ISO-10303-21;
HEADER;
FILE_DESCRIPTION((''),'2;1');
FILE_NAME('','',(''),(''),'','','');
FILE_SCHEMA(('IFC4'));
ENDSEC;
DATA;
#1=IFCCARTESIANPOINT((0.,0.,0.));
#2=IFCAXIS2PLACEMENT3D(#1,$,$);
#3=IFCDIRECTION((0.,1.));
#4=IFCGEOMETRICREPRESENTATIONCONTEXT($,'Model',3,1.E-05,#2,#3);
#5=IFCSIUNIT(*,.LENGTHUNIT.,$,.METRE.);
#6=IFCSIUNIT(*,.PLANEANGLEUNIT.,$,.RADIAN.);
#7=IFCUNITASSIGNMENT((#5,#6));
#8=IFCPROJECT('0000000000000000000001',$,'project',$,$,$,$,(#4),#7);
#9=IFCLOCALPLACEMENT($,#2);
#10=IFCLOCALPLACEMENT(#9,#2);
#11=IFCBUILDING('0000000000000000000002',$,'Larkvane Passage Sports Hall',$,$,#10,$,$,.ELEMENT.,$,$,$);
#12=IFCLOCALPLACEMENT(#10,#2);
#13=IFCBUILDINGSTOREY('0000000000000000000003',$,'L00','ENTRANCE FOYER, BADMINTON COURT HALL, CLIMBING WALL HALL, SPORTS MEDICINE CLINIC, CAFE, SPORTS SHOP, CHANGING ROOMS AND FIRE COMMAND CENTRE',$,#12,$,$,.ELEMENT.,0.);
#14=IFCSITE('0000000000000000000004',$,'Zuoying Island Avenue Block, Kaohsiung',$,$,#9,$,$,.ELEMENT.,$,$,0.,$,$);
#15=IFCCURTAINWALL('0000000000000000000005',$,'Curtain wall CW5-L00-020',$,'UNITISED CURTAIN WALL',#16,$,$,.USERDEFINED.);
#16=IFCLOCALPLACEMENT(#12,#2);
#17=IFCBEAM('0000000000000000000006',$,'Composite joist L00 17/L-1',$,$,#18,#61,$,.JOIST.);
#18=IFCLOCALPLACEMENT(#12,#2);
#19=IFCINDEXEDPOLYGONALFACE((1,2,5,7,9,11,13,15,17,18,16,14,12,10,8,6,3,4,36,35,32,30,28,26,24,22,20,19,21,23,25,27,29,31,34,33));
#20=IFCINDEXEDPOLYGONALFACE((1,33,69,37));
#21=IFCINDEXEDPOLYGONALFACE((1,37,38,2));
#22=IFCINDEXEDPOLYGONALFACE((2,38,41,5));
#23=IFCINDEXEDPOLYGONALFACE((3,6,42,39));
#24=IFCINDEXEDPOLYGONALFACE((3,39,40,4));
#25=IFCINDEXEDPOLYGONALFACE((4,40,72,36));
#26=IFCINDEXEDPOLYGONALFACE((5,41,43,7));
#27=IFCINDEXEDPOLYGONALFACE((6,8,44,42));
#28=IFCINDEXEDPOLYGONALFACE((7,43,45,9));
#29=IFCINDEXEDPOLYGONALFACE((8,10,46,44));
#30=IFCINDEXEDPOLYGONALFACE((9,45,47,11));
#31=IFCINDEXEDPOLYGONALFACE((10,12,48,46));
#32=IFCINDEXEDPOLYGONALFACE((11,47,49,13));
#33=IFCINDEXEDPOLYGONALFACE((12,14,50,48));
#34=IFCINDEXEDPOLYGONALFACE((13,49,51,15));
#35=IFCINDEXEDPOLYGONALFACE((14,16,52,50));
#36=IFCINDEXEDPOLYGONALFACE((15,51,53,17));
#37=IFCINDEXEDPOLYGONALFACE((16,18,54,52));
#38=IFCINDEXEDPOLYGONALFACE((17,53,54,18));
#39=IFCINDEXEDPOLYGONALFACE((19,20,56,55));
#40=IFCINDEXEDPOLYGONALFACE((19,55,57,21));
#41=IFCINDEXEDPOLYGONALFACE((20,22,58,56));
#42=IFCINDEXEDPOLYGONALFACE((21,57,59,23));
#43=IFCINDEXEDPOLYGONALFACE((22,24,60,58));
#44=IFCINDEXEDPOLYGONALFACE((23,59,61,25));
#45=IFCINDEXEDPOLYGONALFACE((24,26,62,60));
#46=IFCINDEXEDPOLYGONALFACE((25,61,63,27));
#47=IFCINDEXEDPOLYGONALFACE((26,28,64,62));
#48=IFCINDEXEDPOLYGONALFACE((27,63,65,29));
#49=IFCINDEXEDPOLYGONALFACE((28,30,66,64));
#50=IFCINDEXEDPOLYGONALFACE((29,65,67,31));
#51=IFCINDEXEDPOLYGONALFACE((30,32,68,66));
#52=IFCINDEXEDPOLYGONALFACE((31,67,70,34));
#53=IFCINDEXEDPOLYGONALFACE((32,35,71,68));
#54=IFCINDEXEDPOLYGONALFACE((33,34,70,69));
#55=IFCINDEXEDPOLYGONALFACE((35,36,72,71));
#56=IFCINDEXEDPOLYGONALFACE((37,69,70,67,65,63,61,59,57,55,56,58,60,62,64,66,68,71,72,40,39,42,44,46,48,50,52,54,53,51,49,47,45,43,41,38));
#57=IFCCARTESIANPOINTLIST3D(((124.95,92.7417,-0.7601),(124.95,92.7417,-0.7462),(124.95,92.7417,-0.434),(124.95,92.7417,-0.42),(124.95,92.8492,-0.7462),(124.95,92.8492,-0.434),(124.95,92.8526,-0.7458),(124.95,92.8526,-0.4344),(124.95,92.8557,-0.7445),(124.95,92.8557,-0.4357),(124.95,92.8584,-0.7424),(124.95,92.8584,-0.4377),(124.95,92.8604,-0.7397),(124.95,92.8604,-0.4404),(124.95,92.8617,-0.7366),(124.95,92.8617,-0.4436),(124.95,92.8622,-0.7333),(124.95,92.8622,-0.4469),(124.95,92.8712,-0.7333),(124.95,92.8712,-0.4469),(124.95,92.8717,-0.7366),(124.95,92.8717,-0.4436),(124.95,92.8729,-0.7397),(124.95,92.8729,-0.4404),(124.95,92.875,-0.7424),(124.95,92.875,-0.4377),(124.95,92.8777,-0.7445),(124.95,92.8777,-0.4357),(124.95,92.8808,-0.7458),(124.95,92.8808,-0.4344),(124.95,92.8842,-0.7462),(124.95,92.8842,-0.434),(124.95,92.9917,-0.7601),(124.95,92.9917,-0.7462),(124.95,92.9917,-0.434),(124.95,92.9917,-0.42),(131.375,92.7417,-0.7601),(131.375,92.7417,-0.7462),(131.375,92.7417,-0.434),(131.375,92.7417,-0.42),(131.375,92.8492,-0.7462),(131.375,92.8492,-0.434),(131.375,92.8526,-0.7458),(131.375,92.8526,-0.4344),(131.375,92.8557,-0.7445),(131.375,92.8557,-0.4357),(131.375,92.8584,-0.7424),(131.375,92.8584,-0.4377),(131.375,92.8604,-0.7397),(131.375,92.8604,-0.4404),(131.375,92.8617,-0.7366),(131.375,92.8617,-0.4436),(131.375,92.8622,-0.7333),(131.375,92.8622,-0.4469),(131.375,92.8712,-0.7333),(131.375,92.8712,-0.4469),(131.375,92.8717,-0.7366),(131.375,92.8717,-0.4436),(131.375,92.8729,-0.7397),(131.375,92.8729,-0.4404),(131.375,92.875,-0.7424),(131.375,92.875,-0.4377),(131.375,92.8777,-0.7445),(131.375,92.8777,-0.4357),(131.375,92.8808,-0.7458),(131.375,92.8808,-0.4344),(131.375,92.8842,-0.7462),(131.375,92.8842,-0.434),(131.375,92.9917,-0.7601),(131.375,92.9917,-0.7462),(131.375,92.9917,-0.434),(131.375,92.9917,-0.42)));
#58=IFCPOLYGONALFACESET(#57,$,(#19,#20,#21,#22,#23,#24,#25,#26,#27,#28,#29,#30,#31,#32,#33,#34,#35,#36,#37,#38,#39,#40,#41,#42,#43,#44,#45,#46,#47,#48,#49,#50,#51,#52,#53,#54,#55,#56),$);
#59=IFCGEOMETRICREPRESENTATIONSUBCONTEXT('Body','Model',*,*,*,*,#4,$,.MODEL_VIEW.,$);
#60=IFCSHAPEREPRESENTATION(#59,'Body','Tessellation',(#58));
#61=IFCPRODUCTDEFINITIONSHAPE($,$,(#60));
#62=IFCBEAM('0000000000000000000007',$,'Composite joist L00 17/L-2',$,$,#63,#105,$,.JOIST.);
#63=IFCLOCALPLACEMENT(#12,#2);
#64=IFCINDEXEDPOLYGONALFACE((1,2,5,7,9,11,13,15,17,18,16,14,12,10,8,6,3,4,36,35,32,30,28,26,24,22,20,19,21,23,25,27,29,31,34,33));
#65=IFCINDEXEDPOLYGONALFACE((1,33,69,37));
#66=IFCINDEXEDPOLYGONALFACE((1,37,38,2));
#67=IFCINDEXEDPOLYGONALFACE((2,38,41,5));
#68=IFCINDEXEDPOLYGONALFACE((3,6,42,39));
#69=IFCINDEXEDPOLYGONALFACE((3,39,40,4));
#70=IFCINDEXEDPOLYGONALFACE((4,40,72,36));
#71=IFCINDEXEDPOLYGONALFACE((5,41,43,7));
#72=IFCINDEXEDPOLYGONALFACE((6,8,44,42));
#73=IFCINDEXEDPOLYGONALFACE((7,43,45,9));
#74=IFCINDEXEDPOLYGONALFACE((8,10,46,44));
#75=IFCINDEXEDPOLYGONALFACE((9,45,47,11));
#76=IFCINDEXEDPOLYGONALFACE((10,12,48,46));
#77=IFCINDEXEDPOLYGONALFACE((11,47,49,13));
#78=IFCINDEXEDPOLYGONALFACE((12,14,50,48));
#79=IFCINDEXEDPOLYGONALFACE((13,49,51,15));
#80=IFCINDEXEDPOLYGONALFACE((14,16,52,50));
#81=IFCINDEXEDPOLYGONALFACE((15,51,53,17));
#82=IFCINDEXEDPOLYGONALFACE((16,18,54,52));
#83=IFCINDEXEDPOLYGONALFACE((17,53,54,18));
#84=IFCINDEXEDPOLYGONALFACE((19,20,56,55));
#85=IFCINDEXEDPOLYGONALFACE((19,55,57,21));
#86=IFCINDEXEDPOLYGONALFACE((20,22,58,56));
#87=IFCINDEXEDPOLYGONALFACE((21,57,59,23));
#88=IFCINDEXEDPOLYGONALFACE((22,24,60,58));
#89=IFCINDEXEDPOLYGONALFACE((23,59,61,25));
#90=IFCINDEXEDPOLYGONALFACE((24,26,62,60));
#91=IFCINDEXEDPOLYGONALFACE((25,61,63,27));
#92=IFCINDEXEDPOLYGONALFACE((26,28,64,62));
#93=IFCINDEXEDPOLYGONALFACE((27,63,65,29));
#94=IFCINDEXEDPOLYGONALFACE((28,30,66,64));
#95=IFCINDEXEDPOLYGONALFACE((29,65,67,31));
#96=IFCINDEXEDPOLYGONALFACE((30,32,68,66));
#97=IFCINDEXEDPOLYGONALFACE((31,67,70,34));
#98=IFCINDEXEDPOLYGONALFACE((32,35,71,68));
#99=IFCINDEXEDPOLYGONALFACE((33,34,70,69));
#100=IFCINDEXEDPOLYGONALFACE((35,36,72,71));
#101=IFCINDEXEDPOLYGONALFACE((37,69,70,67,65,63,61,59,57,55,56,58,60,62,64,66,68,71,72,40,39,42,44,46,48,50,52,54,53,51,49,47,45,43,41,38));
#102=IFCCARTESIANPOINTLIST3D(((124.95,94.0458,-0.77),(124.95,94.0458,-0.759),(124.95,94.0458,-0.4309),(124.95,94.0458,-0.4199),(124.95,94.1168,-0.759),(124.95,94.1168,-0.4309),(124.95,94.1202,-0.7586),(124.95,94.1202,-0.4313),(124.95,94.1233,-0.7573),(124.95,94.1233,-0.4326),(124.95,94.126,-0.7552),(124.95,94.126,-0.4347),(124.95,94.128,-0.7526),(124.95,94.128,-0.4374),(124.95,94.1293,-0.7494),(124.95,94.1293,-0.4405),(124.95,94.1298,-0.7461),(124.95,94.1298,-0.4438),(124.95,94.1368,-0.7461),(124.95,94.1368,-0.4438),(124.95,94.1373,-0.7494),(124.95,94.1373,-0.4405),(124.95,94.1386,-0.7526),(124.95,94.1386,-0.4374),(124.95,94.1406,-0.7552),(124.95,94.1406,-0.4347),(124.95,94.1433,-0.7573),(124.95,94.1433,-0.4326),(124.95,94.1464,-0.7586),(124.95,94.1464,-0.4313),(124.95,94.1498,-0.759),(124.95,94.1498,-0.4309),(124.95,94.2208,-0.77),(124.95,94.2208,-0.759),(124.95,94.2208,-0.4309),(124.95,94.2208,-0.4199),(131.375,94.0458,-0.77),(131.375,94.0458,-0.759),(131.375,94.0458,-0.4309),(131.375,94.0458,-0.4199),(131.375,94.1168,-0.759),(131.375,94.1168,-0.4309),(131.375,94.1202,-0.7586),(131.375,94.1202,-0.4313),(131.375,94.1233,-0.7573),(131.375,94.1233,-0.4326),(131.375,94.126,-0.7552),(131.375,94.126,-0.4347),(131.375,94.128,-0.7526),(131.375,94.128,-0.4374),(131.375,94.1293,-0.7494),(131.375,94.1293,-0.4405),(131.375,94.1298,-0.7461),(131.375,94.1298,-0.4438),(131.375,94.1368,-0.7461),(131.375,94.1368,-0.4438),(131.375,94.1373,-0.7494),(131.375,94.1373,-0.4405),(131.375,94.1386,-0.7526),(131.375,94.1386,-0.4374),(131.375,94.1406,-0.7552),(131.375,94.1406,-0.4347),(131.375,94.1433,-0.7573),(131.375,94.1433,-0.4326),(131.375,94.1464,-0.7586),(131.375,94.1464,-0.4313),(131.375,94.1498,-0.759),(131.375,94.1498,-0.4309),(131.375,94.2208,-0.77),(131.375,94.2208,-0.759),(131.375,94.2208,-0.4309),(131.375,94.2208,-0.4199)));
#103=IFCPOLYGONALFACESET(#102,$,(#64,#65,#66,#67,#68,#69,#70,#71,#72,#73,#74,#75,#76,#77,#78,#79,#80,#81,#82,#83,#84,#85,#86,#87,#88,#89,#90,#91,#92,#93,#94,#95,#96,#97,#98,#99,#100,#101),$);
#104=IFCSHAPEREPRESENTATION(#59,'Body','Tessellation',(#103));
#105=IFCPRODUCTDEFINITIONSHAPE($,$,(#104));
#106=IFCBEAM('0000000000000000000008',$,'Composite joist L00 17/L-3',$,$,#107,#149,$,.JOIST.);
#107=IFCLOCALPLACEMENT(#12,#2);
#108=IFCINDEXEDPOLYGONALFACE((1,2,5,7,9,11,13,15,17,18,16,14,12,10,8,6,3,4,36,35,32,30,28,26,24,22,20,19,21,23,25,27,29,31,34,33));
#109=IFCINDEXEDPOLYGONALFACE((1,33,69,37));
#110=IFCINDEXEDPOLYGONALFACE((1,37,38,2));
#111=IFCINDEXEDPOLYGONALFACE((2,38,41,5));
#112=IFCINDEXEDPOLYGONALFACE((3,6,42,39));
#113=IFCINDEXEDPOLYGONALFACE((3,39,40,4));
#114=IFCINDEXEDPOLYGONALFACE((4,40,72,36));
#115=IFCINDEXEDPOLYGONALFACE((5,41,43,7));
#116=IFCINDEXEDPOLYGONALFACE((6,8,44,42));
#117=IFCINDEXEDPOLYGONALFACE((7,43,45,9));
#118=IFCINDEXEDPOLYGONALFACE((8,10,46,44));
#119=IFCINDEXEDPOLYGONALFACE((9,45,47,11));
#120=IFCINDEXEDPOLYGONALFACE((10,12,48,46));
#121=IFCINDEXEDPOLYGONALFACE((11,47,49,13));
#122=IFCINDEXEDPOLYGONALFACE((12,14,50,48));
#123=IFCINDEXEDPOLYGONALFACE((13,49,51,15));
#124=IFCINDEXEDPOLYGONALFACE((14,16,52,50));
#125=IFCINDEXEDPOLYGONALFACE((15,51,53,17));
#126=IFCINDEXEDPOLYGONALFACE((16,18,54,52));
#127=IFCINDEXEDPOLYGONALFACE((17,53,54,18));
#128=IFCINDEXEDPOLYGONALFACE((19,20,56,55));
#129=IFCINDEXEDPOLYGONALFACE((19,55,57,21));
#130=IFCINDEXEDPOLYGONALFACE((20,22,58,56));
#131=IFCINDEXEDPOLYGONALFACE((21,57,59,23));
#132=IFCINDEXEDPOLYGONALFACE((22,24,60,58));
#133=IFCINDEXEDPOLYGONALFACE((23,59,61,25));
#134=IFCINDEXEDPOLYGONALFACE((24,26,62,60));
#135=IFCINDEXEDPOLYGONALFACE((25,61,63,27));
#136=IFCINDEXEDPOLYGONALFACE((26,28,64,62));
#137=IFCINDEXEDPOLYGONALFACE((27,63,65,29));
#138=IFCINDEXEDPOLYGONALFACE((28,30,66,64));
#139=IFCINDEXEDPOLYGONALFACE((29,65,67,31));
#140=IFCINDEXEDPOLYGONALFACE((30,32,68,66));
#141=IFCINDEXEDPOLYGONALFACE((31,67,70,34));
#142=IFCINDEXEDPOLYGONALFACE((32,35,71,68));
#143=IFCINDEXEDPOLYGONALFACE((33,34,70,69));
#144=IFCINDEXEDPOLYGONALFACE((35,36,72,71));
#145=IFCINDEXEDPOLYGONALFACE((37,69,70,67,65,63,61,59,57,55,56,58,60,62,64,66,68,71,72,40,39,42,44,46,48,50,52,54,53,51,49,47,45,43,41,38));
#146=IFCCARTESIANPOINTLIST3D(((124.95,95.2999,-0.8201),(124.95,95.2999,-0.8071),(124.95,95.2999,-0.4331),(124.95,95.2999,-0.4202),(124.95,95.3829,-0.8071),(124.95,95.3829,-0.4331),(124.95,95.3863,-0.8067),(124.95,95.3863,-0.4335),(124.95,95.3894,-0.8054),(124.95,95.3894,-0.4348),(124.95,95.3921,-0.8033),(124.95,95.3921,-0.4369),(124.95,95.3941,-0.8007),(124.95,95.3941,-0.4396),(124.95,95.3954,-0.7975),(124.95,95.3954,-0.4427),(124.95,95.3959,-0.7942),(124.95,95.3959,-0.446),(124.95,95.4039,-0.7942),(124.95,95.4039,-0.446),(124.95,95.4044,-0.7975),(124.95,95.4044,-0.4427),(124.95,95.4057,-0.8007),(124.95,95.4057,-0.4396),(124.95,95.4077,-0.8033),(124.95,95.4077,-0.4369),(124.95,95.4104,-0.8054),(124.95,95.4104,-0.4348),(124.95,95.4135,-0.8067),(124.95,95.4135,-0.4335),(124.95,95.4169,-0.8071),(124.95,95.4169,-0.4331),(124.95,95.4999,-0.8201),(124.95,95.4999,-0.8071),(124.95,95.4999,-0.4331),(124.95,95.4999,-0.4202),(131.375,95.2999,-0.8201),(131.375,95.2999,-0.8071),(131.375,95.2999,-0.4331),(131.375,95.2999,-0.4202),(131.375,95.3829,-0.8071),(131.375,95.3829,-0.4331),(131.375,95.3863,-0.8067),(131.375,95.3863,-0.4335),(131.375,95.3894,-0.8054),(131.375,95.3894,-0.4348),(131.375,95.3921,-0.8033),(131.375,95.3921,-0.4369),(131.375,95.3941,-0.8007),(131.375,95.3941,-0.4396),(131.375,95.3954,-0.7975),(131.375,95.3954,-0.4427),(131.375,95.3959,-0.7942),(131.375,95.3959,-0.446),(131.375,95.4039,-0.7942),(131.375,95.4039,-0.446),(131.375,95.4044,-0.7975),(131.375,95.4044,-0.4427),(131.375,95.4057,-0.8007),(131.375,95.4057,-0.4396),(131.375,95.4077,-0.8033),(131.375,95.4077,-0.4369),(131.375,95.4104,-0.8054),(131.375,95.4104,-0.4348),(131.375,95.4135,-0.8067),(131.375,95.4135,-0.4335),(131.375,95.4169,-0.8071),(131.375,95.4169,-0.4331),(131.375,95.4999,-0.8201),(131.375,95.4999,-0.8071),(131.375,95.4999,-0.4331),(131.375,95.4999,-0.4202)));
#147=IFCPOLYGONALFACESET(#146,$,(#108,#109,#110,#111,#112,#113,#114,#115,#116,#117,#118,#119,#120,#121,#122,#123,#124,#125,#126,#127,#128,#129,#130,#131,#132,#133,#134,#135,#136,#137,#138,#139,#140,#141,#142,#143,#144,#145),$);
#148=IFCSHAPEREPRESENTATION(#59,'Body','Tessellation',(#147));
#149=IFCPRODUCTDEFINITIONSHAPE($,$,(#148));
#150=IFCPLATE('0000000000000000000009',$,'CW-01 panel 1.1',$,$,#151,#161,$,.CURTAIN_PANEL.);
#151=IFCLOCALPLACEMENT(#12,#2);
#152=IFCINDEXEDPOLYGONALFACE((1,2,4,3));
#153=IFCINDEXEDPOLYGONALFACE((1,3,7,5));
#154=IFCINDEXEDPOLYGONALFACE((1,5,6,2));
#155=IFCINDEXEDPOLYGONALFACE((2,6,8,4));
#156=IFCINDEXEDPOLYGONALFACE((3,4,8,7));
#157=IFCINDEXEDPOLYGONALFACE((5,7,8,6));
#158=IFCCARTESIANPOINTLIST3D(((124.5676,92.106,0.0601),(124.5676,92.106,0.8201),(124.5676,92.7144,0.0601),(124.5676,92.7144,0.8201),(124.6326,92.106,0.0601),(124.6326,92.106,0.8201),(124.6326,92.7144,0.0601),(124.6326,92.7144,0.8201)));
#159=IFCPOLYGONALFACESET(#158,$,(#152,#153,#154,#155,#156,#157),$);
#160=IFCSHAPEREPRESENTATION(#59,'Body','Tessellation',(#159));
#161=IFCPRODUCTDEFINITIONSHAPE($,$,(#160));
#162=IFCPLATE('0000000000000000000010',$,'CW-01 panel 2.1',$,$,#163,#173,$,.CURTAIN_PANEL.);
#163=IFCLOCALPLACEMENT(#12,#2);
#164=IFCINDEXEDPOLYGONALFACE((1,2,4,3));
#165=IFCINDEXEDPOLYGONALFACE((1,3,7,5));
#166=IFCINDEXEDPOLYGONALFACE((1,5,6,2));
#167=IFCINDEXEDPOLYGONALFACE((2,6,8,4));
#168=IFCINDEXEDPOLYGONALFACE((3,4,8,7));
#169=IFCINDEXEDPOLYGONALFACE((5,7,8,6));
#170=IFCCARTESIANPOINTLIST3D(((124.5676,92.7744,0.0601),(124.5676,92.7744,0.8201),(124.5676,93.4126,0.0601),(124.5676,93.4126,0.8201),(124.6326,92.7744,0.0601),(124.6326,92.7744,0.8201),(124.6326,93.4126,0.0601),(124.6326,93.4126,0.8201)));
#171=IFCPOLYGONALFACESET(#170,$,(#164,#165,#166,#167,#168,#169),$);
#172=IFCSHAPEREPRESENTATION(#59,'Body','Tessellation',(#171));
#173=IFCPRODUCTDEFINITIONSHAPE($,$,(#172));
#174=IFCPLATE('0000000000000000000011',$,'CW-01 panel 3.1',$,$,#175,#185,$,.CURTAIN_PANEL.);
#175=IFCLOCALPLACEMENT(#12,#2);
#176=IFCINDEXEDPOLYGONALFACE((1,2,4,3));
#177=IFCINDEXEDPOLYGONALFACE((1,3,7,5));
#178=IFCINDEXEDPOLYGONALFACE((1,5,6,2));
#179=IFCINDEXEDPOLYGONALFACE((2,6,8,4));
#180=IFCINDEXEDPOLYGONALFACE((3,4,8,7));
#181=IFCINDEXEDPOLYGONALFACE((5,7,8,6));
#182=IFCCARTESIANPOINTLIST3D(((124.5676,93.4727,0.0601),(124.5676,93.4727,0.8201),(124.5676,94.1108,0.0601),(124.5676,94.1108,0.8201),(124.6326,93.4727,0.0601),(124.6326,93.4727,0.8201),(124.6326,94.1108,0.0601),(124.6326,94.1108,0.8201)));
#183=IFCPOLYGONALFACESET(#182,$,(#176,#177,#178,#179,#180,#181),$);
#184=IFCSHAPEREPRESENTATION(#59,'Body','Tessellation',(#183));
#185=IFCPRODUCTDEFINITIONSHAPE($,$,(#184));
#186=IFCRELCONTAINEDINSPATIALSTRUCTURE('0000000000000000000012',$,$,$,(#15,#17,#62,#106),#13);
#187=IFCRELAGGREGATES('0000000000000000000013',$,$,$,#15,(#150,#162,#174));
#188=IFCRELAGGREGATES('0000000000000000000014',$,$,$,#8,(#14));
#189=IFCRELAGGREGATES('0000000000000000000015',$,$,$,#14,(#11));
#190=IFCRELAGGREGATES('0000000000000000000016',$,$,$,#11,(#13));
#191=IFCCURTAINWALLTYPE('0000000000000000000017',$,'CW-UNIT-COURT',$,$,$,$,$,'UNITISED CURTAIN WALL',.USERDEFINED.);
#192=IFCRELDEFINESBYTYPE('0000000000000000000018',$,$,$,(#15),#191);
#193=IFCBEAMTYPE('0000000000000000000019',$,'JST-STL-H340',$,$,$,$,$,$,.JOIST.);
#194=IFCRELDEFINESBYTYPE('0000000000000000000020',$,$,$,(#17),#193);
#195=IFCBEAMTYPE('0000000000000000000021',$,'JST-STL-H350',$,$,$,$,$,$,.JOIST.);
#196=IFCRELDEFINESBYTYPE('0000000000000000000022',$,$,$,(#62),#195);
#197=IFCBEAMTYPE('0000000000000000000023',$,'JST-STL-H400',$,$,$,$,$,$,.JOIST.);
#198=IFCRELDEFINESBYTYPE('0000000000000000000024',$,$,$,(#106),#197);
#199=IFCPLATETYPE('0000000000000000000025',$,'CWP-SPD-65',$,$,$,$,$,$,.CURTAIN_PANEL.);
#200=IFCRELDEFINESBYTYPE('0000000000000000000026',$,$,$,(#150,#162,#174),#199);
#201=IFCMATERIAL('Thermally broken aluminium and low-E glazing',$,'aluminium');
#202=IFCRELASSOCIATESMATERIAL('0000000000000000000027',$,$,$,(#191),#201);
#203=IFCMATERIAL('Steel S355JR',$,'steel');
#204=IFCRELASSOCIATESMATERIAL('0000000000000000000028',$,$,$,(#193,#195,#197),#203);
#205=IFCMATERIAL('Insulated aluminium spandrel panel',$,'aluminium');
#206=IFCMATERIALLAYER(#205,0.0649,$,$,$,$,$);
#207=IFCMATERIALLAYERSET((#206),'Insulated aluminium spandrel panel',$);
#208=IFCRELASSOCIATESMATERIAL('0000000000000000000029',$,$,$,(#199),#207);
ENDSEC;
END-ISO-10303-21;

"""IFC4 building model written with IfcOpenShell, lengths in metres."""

from ifc_helpers import new_model, si_unit, direction, frame, origin, origin_2d, place, context, subcontext, project, spatial, rectangle, i_section, extrude, material, layer, layer_set, material_profile, profile_set, type_object, element, aggregate, save


model = new_model("IFC4")

# Units and contexts
model_context = context("Model", 3, precision=1e-05, world=origin(), true_north=direction((0.0, 1.0)))
body_context = subcontext(model_context, "Body", "Model", "MODEL_VIEW")
ifc_project = project(units=[si_unit("LENGTHUNIT", "METRE"), si_unit("PLANEANGLEUNIT", "RADIAN")], contexts=[model_context])

# Site, building, storey
site_placement = place(None, origin())
site = spatial("IfcSite", under=ifc_project, at=site_placement, Name="Zuoying Island Avenue Block, Kaohsiung", CompositionType="ELEMENT", RefElevation=0.0)
building_placement = place(site_placement, origin())
building = spatial("IfcBuilding", under=site, at=building_placement, Name="Larkvane Passage Sports Hall", CompositionType="ELEMENT")
storey_placement = place(building_placement, origin())
storey = spatial("IfcBuildingStorey", under=building, at=storey_placement, Name="L00", Description="ENTRANCE FOYER, BADMINTON COURT HALL, CLIMBING WALL HALL, SPORTS MEDICINE CLINIC, CAFE, SPORTS SHOP, CHANGING ROOMS AND FIRE COMMAND CENTRE", CompositionType="ELEMENT", Elevation=0.0)

# Curtain wall
ifc_material_1 = material(Name="Thermally broken aluminium and low-E glazing", Category="aluminium")
curtain_wall_type = type_object("IfcCurtainWallType", Name="CW-UNIT-COURT", ElementType="UNITISED CURTAIN WALL", PredefinedType="USERDEFINED", material=ifc_material_1)
curtain_wall_placement = place(storey_placement, origin())
curtain_wall = element("IfcCurtainWall", 1, at=curtain_wall_placement, inside=storey, type_object=curtain_wall_type, Name="Curtain wall CW5-L00-020", ObjectType="UNITISED CURTAIN WALL", PredefinedType="USERDEFINED")

# Beams
ifc_material_2 = material(Name="Steel S355JR", Category="steel")
ifc_material_profile_1 = material_profile(ifc_material_2, i_section(OverallWidth=0.25, OverallDepth=0.3401, WebThickness=0.009, FlangeThickness=0.0139, FilletRadius=0.0129, at=origin_2d()), Name="H-340x250x9x14")
ifc_profile_set_1 = profile_set([ifc_material_profile_1], Name="Steel S355JR")
beam_type_1 = type_object("IfcBeamType", Name="JST-STL-H340", PredefinedType="JOIST", material=ifc_profile_set_1)
beam_1_placement = place(storey_placement, frame((124.95, 92.8667, -0.5901), z_axis=(1.0, 0.0, 0.0), x_axis=(0.0, 1.0, 0.0)))
element("IfcBeam", 2, at=beam_1_placement, inside=storey, type_object=beam_type_1, Name="Composite joist L00 17/L-1", PredefinedType="JOIST", context=body_context, shape_type="SweptSolid", body=[
    extrude(i_section(OverallWidth=0.25, OverallDepth=0.3401, WebThickness=0.009, FlangeThickness=0.0139, FilletRadius=0.0129, at=origin_2d()), origin(), (0.0, 0.0, 1.0), 6.425),
])
ifc_material_profile_2 = material_profile(ifc_material_2, i_section(OverallWidth=0.175, OverallDepth=0.3501, WebThickness=0.0071, FlangeThickness=0.011, FilletRadius=0.0129, at=origin_2d()), Name="H-350x175x7x11")
ifc_profile_set_2 = profile_set([ifc_material_profile_2], Name="Steel S355JR")
beam_type_2 = type_object("IfcBeamType", Name="JST-STL-H350", PredefinedType="JOIST", material=ifc_profile_set_2)
beam_2_placement = place(storey_placement, frame((124.95, 94.1333, -0.595), z_axis=(1.0, 0.0, 0.0), x_axis=(0.0, 1.0, 0.0)))
element("IfcBeam", 3, at=beam_2_placement, inside=storey, type_object=beam_type_2, Name="Composite joist L00 17/L-2", PredefinedType="JOIST", context=body_context, shape_type="SweptSolid", body=[
    extrude(i_section(OverallWidth=0.175, OverallDepth=0.3501, WebThickness=0.0071, FlangeThickness=0.011, FilletRadius=0.0129, at=origin_2d()), origin(), (0.0, 0.0, 1.0), 6.425),
])
ifc_material_profile_3 = material_profile(ifc_material_2, i_section(OverallWidth=0.2, OverallDepth=0.3999, WebThickness=0.0081, FlangeThickness=0.0129, FilletRadius=0.0129, at=origin_2d()), Name="H-400x200x8x13")
ifc_profile_set_3 = profile_set([ifc_material_profile_3], Name="Steel S355JR")
beam_type_3 = type_object("IfcBeamType", Name="JST-STL-H400", PredefinedType="JOIST", material=ifc_profile_set_3)
beam_3_placement = place(storey_placement, frame((124.95, 95.3999, -0.6201), z_axis=(1.0, 0.0, 0.0), x_axis=(0.0, 1.0, 0.0)))
element("IfcBeam", 4, at=beam_3_placement, inside=storey, type_object=beam_type_3, Name="Composite joist L00 17/L-3", PredefinedType="JOIST", context=body_context, shape_type="SweptSolid", body=[
    extrude(i_section(OverallWidth=0.2, OverallDepth=0.3999, WebThickness=0.0081, FlangeThickness=0.0129, FilletRadius=0.0129, at=origin_2d()), origin(), (0.0, 0.0, 1.0), 6.425),
])

# Plates
ifc_material_3 = material(Name="Insulated aluminium spandrel panel", Category="aluminium")
ifc_layer_1 = layer(ifc_material_3, 0.0649)
ifc_layer_set_1 = layer_set([ifc_layer_1], Name="Insulated aluminium spandrel panel")
plate_type = type_object("IfcPlateType", Name="CWP-SPD-65", PredefinedType="CURTAIN_PANEL", material=ifc_layer_set_1)
plate_1_placement = place(storey_placement, frame((124.6001, 92.4102, 0.0601), z_axis=(0.0, 0.0, 1.0), x_axis=(0.0, 1.0, 0.0)))
plate_1 = element("IfcPlate", 5, at=plate_1_placement, type_object=plate_type, Name="CW-01 panel 1.1", PredefinedType="CURTAIN_PANEL", context=body_context, shape_type="SweptSolid", body=[
    extrude(rectangle(XDim=0.6084, YDim=0.0649, at=origin_2d()), origin(), (0.0, 0.0, 1.0), 0.76),
])
plate_2_placement = place(storey_placement, frame((124.6001, 93.0935, 0.0601), z_axis=(0.0, 0.0, 1.0), x_axis=(0.0, 1.0, 0.0)))
plate_2 = element("IfcPlate", 6, at=plate_2_placement, type_object=plate_type, Name="CW-01 panel 2.1", PredefinedType="CURTAIN_PANEL", context=body_context, shape_type="SweptSolid", body=[
    extrude(rectangle(XDim=0.6382, YDim=0.0649, at=origin_2d()), origin(), (0.0, 0.0, 1.0), 0.76),
])
plate_3_placement = place(storey_placement, frame((124.6001, 93.7917, 0.0601), z_axis=(0.0, 0.0, 1.0), x_axis=(0.0, 1.0, 0.0)))
plate_3 = element("IfcPlate", 7, at=plate_3_placement, type_object=plate_type, Name="CW-01 panel 3.1", PredefinedType="CURTAIN_PANEL", context=body_context, shape_type="SweptSolid", body=[
    extrude(rectangle(XDim=0.6382, YDim=0.0649, at=origin_2d()), origin(), (0.0, 0.0, 1.0), 0.76),
])
aggregate(curtain_wall, [plate_1, plate_2, plate_3])

save(model, "model.ifc")
